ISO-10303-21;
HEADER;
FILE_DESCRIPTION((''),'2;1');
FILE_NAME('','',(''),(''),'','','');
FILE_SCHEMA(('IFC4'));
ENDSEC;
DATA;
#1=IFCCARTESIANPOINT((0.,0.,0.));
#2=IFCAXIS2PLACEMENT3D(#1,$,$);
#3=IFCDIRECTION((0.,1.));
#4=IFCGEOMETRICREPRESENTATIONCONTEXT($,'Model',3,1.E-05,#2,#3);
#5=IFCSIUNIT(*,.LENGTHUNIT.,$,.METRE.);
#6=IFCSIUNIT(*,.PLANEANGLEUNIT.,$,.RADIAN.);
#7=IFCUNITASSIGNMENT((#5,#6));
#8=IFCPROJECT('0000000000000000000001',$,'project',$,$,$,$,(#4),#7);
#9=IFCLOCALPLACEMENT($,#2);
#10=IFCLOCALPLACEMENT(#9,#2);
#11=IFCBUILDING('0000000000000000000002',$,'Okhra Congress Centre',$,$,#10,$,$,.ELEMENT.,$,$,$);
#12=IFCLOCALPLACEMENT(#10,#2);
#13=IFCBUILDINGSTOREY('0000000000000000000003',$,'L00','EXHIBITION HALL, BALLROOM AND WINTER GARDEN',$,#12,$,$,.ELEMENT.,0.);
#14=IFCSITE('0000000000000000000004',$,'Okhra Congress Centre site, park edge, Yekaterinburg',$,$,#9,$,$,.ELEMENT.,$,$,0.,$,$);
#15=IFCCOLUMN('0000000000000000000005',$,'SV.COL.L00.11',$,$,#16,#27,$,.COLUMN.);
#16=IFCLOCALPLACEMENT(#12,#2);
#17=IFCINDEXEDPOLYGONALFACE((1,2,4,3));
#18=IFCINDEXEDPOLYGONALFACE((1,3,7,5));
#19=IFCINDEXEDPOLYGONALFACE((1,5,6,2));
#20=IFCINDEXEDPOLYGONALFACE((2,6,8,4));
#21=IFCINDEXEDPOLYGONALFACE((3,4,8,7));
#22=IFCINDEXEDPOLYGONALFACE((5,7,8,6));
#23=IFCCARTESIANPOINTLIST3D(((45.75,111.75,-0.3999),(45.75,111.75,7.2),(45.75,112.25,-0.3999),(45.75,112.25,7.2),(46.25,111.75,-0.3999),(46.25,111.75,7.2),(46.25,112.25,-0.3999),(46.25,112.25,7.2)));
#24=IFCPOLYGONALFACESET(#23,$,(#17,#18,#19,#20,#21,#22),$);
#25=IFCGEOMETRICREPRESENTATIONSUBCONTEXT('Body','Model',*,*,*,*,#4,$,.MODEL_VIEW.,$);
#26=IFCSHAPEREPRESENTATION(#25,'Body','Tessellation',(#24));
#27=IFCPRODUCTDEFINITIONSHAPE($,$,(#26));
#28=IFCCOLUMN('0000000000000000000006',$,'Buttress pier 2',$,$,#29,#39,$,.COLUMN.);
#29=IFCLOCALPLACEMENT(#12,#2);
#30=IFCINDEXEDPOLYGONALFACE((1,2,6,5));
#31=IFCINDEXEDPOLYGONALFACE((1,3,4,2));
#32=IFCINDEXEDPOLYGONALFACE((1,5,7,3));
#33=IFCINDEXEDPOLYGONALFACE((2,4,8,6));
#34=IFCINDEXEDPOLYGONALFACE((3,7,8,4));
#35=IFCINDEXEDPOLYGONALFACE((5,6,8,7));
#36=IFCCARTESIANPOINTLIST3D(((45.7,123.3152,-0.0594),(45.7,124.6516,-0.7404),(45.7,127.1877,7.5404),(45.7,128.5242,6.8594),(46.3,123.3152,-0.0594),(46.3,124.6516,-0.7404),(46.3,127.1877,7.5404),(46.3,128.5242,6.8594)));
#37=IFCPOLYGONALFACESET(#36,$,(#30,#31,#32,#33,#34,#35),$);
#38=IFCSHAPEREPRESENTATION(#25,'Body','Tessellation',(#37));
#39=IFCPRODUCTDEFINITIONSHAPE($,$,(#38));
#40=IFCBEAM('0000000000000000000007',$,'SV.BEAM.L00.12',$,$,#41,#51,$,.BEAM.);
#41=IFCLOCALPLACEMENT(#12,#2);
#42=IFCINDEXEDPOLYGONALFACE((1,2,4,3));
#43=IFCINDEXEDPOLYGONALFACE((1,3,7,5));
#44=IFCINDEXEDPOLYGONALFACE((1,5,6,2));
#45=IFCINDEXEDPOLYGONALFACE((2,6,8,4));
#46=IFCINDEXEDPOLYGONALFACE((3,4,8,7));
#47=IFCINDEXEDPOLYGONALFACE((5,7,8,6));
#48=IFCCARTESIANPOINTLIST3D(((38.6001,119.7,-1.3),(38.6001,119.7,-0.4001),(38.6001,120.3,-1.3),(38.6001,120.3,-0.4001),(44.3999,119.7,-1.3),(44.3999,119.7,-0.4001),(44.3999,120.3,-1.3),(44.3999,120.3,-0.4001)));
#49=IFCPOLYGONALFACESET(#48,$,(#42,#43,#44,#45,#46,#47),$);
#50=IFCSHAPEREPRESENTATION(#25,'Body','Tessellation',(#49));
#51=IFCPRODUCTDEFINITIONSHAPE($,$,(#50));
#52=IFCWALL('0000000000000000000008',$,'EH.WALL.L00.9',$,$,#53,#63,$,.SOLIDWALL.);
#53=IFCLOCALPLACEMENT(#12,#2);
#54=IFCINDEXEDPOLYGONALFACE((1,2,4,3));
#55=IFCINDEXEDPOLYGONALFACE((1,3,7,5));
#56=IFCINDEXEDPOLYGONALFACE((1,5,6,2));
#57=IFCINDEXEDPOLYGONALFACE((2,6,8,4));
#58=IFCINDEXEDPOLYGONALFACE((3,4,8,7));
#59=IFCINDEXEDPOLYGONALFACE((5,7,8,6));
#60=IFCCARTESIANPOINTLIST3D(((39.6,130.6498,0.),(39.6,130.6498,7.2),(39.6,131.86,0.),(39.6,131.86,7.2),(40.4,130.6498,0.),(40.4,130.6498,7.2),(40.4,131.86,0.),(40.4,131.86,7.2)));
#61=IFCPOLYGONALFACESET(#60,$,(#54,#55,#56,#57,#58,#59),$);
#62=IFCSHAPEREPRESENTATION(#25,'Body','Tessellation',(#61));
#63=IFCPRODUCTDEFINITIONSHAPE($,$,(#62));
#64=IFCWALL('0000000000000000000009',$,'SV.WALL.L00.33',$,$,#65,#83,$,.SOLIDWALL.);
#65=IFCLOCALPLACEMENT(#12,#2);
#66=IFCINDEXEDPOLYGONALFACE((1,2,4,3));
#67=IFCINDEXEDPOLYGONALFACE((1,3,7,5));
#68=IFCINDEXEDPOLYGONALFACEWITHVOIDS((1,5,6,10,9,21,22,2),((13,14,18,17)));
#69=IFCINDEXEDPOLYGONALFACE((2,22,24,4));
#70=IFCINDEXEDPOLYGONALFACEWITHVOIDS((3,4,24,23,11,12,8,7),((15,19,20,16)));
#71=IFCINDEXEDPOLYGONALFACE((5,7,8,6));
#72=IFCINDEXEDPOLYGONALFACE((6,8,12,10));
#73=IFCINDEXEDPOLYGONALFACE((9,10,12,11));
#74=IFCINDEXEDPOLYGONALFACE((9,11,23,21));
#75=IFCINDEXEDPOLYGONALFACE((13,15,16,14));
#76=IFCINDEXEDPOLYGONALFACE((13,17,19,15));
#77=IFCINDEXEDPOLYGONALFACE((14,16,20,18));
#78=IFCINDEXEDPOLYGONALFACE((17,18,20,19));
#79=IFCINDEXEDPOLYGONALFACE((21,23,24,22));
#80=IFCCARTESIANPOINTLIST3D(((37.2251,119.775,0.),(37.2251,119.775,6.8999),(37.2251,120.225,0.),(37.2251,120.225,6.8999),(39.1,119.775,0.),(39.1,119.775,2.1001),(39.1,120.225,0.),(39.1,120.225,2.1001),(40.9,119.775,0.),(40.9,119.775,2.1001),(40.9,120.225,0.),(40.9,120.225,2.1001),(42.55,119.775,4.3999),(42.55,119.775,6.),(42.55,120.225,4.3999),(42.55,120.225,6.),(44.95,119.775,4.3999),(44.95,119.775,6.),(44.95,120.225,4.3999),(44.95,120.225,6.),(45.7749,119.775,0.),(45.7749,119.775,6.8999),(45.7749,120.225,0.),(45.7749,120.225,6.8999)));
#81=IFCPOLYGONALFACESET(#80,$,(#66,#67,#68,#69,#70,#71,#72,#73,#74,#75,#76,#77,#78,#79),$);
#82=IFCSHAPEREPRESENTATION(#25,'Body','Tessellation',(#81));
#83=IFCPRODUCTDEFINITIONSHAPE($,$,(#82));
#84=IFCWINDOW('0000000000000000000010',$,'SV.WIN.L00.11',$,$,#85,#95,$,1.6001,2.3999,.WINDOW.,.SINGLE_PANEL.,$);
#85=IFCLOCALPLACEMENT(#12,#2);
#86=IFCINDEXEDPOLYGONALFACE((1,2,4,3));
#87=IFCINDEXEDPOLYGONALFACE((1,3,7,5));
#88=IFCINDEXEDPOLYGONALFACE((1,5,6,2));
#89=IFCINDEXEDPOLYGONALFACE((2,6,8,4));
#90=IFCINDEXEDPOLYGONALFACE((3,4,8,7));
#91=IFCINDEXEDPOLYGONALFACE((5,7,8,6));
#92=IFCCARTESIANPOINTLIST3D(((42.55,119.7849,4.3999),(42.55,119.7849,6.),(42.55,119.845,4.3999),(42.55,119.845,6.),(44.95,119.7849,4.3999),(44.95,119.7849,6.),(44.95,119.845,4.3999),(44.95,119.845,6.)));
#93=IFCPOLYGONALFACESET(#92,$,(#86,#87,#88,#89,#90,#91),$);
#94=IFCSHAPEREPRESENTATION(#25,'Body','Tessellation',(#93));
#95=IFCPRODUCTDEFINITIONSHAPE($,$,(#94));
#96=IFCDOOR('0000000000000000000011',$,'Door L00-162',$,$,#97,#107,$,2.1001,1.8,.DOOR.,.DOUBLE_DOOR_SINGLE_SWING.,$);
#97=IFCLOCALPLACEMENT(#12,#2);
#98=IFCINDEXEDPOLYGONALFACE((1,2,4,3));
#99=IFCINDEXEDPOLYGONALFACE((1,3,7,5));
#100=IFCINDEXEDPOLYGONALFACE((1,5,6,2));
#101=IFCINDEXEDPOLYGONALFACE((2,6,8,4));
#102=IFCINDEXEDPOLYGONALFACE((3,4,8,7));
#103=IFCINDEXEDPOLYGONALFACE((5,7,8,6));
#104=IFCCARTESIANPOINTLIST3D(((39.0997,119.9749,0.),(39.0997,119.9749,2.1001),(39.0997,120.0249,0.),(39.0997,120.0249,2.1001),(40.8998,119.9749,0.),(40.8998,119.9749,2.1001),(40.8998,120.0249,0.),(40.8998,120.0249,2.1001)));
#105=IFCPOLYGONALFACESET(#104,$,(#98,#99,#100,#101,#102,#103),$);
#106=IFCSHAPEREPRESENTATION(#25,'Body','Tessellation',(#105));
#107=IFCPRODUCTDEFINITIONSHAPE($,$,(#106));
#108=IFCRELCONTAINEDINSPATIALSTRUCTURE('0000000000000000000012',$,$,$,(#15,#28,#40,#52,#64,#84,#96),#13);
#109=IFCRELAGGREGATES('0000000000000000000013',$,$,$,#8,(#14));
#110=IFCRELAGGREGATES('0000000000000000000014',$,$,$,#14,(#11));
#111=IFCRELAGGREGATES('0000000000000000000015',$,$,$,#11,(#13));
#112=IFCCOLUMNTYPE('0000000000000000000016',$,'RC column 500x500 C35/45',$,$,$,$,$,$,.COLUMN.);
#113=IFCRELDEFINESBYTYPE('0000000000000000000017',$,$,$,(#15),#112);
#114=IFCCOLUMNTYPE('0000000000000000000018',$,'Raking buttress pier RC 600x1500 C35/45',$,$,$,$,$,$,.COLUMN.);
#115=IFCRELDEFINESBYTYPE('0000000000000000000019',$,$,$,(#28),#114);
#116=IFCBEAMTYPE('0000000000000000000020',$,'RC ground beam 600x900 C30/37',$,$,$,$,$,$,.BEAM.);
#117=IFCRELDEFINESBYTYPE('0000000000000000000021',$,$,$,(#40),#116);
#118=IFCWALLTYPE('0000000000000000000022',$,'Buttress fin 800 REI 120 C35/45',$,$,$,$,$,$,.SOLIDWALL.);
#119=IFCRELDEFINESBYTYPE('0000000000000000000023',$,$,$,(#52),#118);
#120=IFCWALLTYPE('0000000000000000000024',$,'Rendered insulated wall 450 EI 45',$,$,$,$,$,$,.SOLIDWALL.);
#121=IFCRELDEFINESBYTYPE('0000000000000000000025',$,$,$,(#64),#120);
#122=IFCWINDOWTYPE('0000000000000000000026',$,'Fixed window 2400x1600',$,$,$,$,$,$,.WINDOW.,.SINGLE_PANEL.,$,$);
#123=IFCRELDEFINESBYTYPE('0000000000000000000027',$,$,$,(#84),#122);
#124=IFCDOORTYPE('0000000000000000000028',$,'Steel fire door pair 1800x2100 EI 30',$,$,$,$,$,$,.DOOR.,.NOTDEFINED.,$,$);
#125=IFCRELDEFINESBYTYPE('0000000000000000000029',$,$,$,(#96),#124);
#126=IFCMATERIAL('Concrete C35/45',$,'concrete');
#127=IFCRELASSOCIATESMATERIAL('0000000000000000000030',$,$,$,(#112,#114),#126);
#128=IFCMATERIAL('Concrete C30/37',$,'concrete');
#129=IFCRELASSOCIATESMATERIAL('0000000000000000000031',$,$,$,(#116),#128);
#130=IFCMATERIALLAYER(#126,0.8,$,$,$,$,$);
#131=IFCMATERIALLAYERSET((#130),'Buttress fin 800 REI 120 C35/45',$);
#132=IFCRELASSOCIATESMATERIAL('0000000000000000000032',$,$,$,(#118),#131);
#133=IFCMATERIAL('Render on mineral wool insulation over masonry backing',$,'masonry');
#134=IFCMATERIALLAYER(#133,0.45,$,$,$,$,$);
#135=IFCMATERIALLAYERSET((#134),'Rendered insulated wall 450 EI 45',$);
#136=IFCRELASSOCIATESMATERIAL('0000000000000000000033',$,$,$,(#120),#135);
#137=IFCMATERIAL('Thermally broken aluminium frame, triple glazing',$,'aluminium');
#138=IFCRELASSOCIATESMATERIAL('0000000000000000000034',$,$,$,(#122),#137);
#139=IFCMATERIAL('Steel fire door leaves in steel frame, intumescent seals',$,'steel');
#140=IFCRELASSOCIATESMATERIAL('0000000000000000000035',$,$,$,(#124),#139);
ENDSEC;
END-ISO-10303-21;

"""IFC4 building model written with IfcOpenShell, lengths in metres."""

from ifc_helpers import new_model, si_unit, direction, frame, frame_2d, origin, origin_2d, place, context, subcontext, project, spatial, rectangle, extrude, material, layer, layer_set, material_profile, profile_set, type_object, element, fill, save


model = new_model("IFC4")

# Units and contexts
model_context = context("Model", 3, precision=1e-05, world=origin(), true_north=direction((0.0, 1.0)))
body_context = subcontext(model_context, "Body", "Model", "MODEL_VIEW")
ifc_project = project(units=[si_unit("LENGTHUNIT", "METRE"), si_unit("PLANEANGLEUNIT", "RADIAN")], contexts=[model_context])

# Site, building, storey
site_placement = place(None, origin())
site = spatial("IfcSite", under=ifc_project, at=site_placement, Name="Okhra Congress Centre site, park edge, Yekaterinburg", CompositionType="ELEMENT", RefElevation=0.0)
building_placement = place(site_placement, origin())
building = spatial("IfcBuilding", under=site, at=building_placement, Name="Okhra Congress Centre", CompositionType="ELEMENT")
storey_placement = place(building_placement, origin())
storey = spatial("IfcBuildingStorey", under=building, at=storey_placement, Name="L00", Description="EXHIBITION HALL, BALLROOM AND WINTER GARDEN", CompositionType="ELEMENT", Elevation=0.0)

# Shared definitions
ifc_material_1 = material(Name="Concrete C30/37", Category="concrete")

# Columns
ifc_material_2 = material(Name="Concrete C35/45", Category="concrete")
ifc_material_profile_1 = material_profile(ifc_material_2, rectangle(XDim=0.5, YDim=0.5, at=origin_2d()), Name="RC 500x500")
ifc_profile_set_1 = profile_set([ifc_material_profile_1], Name="Concrete C35/45")
column_type_1 = type_object("IfcColumnType", Name="RC column 500x500 C35/45", PredefinedType="COLUMN", material=ifc_profile_set_1)
column_1_placement = place(storey_placement, frame((46.0, 112.0, -0.3999), z_axis=(0.0, 0.0, 1.0), x_axis=(1.0, 0.0, 0.0)))
element("IfcColumn", 1, at=column_1_placement, inside=storey, type_object=column_type_1, Name="SV.COL.L00.11", PredefinedType="COLUMN", context=body_context, shape_type="SweptSolid", body=[
    extrude(rectangle(XDim=0.5, YDim=0.5, at=origin_2d()), origin(), (0.0, 0.0, 1.0), 7.5999),
])
ifc_material_profile_2 = material_profile(ifc_material_2, rectangle(XDim=0.6001, YDim=1.5, at=origin_2d()), Name="RC 600x1500")
ifc_profile_set_2 = profile_set([ifc_material_profile_2], Name="Concrete C35/45")
column_type_2 = type_object("IfcColumnType", Name="Raking buttress pier RC 600x1500 C35/45", PredefinedType="COLUMN", material=ifc_profile_set_2)
column_2_placement = place(storey_placement, frame((46.0, 123.9834, -0.3999), z_axis=(0.0, 0.454013, 0.890995), x_axis=(-1.0, 0.0, 0.0)))
element("IfcColumn", 2, at=column_2_placement, inside=storey, type_object=column_type_2, Name="Buttress pier 2", PredefinedType="COLUMN", context=body_context, shape_type="SweptSolid", body=[
    extrude(rectangle(XDim=0.6001, YDim=1.5, at=origin_2d()), origin(), (0.0, 0.0, 1.0), 8.5295),
])

# Beam
ifc_material_profile_3 = material_profile(ifc_material_1, rectangle(XDim=0.6001, YDim=0.8999, at=origin_2d()), Name="RC 600x900")
ifc_profile_set_3 = profile_set([ifc_material_profile_3], Name="Concrete C30/37")
beam_type = type_object("IfcBeamType", Name="RC ground beam 600x900 C30/37", PredefinedType="BEAM", material=ifc_profile_set_3)
beam_placement = place(storey_placement, frame((38.6001, 120.0, -0.8501), z_axis=(1.0, 0.0, 0.0), x_axis=(0.0, 1.0, 0.0)))
element("IfcBeam", 3, at=beam_placement, inside=storey, type_object=beam_type, Name="SV.BEAM.L00.12", PredefinedType="BEAM", context=body_context, shape_type="SweptSolid", body=[
    extrude(rectangle(XDim=0.6001, YDim=0.8999, at=origin_2d()), origin(), (0.0, 0.0, 1.0), 5.7998),
])

# Wall
ifc_layer_1 = layer(ifc_material_2, 0.8)
ifc_layer_set_1 = layer_set([ifc_layer_1], Name="Buttress fin 800 REI 120 C35/45")
wall_type_1 = type_object("IfcWallType", Name="Buttress fin 800 REI 120 C35/45", PredefinedType="SOLIDWALL", material=ifc_layer_set_1)
wall_1_placement = place(storey_placement, frame((40.0, 130.6499, 0.0), z_axis=(0.0, 0.0, 1.0), x_axis=(0.0, 1.0, 0.0)))
element("IfcWall", 4, at=wall_1_placement, inside=storey, type_object=wall_type_1, Name="EH.WALL.L00.9", PredefinedType="SOLIDWALL", context=body_context, shape_type="SweptSolid", body=[
    extrude(rectangle(XDim=1.2102, YDim=0.8, at=frame_2d((0.605, 0.0))), origin(), (0.0, 0.0, 1.0), 7.2),
])

# Wall, openings, window, door
ifc_material_3 = material(Name="Render on mineral wool insulation over masonry backing", Category="masonry")
ifc_layer_2 = layer(ifc_material_3, 0.45)
ifc_layer_set_2 = layer_set([ifc_layer_2], Name="Rendered insulated wall 450 EI 45")
wall_type_2 = type_object("IfcWallType", Name="Rendered insulated wall 450 EI 45", PredefinedType="SOLIDWALL", material=ifc_layer_set_2)
wall_2_placement = place(storey_placement, frame((45.7749, 120.0, 0.0), z_axis=(0.0, 0.0, 1.0), x_axis=(-1.0, 0.0, 0.0)))
wall_2 = element("IfcWall", 5, at=wall_2_placement, inside=storey, type_object=wall_type_2, Name="SV.WALL.L00.33", PredefinedType="SOLIDWALL", context=body_context, shape_type="SweptSolid", body=[
    extrude(rectangle(XDim=8.5498, YDim=0.45, at=frame_2d((4.2749, 0.0))), origin(), (0.0, 0.0, 1.0), 6.8999),
])
opening_1_placement = place(wall_2_placement, frame((4.875, 0.0, 0.0)))
opening_1 = element("IfcOpeningElement", 6, at=opening_1_placement, cuts=wall_2, PredefinedType="OPENING", context=body_context, shape_type="SweptSolid", body=[
    extrude(rectangle(XDim=1.8, YDim=2.1001, at=frame_2d((0.8999, 1.05))), frame((0.0, 0.2349, 0.0), z_axis=(0.0, -1.0, 0.0), x_axis=(1.0, 0.0, 0.0)), (0.0, 0.0, 1.0), 0.47),
])
opening_2_placement = place(wall_2_placement, frame((0.825, 0.0, 4.3999)))
opening_2 = element("IfcOpeningElement", 7, at=opening_2_placement, cuts=wall_2, PredefinedType="OPENING", context=body_context, shape_type="SweptSolid", body=[
    extrude(rectangle(XDim=2.3999, YDim=1.6001, at=frame_2d((1.2, 0.8))), frame((0.0, 0.2349, 0.0), z_axis=(0.0, -1.0, 0.0), x_axis=(1.0, 0.0, 0.0)), (0.0, 0.0, 1.0), 0.47),
])
ifc_material_4 = material(Name="Thermally broken aluminium frame, triple glazing", Category="aluminium")
window_type = type_object("IfcWindowType", Name="Fixed window 2400x1600", PartitioningType="SINGLE_PANEL", PredefinedType="WINDOW", material=ifc_material_4)
window_placement = place(opening_2_placement, origin())
window = element("IfcWindow", 8, at=window_placement, inside=storey, type_object=window_type, Name="SV.WIN.L00.11", OverallHeight=1.6001, OverallWidth=2.3999, PartitioningType="SINGLE_PANEL", PredefinedType="WINDOW", context=body_context, shape_type="SweptSolid", body=[
    extrude(rectangle(XDim=2.3999, YDim=1.6001, at=frame_2d((1.2, 0.8))), frame((0.0, 0.2151, 0.0), z_axis=(0.0, -1.0, 0.0), x_axis=(1.0, 0.0, 0.0)), (0.0, 0.0, 1.0), 0.0601),
])
fill(opening_2, window)
ifc_material_5 = material(Name="Steel fire door leaves in steel frame, intumescent seals", Category="steel")
door_type = type_object("IfcDoorType", Name="Steel fire door pair 1800x2100 EI 30", OperationType="NOTDEFINED", PredefinedType="DOOR", material=ifc_material_5)
door_placement = place(opening_1_placement, frame((1.8, 0.0, 0.0), z_axis=(0.0, 0.0, 1.0), x_axis=(-1.0, 0.0, 0.0)))
door = element("IfcDoor", 9, at=door_placement, inside=storey, type_object=door_type, Name="Door L00-162", OperationType="DOUBLE_DOOR_SINGLE_SWING", OverallHeight=2.1001, OverallWidth=1.8, PredefinedType="DOOR", context=body_context, shape_type="SweptSolid", body=[
    extrude(rectangle(XDim=1.8, YDim=2.1001, at=frame_2d((0.8999, 1.05))), frame((0.0, 0.0249, 0.0), z_axis=(0.0, -1.0, 0.0), x_axis=(1.0, 0.0, 0.0)), (0.0, 0.0, 1.0), 0.05),
])
fill(opening_1, door)

save(model, "model.ifc")
